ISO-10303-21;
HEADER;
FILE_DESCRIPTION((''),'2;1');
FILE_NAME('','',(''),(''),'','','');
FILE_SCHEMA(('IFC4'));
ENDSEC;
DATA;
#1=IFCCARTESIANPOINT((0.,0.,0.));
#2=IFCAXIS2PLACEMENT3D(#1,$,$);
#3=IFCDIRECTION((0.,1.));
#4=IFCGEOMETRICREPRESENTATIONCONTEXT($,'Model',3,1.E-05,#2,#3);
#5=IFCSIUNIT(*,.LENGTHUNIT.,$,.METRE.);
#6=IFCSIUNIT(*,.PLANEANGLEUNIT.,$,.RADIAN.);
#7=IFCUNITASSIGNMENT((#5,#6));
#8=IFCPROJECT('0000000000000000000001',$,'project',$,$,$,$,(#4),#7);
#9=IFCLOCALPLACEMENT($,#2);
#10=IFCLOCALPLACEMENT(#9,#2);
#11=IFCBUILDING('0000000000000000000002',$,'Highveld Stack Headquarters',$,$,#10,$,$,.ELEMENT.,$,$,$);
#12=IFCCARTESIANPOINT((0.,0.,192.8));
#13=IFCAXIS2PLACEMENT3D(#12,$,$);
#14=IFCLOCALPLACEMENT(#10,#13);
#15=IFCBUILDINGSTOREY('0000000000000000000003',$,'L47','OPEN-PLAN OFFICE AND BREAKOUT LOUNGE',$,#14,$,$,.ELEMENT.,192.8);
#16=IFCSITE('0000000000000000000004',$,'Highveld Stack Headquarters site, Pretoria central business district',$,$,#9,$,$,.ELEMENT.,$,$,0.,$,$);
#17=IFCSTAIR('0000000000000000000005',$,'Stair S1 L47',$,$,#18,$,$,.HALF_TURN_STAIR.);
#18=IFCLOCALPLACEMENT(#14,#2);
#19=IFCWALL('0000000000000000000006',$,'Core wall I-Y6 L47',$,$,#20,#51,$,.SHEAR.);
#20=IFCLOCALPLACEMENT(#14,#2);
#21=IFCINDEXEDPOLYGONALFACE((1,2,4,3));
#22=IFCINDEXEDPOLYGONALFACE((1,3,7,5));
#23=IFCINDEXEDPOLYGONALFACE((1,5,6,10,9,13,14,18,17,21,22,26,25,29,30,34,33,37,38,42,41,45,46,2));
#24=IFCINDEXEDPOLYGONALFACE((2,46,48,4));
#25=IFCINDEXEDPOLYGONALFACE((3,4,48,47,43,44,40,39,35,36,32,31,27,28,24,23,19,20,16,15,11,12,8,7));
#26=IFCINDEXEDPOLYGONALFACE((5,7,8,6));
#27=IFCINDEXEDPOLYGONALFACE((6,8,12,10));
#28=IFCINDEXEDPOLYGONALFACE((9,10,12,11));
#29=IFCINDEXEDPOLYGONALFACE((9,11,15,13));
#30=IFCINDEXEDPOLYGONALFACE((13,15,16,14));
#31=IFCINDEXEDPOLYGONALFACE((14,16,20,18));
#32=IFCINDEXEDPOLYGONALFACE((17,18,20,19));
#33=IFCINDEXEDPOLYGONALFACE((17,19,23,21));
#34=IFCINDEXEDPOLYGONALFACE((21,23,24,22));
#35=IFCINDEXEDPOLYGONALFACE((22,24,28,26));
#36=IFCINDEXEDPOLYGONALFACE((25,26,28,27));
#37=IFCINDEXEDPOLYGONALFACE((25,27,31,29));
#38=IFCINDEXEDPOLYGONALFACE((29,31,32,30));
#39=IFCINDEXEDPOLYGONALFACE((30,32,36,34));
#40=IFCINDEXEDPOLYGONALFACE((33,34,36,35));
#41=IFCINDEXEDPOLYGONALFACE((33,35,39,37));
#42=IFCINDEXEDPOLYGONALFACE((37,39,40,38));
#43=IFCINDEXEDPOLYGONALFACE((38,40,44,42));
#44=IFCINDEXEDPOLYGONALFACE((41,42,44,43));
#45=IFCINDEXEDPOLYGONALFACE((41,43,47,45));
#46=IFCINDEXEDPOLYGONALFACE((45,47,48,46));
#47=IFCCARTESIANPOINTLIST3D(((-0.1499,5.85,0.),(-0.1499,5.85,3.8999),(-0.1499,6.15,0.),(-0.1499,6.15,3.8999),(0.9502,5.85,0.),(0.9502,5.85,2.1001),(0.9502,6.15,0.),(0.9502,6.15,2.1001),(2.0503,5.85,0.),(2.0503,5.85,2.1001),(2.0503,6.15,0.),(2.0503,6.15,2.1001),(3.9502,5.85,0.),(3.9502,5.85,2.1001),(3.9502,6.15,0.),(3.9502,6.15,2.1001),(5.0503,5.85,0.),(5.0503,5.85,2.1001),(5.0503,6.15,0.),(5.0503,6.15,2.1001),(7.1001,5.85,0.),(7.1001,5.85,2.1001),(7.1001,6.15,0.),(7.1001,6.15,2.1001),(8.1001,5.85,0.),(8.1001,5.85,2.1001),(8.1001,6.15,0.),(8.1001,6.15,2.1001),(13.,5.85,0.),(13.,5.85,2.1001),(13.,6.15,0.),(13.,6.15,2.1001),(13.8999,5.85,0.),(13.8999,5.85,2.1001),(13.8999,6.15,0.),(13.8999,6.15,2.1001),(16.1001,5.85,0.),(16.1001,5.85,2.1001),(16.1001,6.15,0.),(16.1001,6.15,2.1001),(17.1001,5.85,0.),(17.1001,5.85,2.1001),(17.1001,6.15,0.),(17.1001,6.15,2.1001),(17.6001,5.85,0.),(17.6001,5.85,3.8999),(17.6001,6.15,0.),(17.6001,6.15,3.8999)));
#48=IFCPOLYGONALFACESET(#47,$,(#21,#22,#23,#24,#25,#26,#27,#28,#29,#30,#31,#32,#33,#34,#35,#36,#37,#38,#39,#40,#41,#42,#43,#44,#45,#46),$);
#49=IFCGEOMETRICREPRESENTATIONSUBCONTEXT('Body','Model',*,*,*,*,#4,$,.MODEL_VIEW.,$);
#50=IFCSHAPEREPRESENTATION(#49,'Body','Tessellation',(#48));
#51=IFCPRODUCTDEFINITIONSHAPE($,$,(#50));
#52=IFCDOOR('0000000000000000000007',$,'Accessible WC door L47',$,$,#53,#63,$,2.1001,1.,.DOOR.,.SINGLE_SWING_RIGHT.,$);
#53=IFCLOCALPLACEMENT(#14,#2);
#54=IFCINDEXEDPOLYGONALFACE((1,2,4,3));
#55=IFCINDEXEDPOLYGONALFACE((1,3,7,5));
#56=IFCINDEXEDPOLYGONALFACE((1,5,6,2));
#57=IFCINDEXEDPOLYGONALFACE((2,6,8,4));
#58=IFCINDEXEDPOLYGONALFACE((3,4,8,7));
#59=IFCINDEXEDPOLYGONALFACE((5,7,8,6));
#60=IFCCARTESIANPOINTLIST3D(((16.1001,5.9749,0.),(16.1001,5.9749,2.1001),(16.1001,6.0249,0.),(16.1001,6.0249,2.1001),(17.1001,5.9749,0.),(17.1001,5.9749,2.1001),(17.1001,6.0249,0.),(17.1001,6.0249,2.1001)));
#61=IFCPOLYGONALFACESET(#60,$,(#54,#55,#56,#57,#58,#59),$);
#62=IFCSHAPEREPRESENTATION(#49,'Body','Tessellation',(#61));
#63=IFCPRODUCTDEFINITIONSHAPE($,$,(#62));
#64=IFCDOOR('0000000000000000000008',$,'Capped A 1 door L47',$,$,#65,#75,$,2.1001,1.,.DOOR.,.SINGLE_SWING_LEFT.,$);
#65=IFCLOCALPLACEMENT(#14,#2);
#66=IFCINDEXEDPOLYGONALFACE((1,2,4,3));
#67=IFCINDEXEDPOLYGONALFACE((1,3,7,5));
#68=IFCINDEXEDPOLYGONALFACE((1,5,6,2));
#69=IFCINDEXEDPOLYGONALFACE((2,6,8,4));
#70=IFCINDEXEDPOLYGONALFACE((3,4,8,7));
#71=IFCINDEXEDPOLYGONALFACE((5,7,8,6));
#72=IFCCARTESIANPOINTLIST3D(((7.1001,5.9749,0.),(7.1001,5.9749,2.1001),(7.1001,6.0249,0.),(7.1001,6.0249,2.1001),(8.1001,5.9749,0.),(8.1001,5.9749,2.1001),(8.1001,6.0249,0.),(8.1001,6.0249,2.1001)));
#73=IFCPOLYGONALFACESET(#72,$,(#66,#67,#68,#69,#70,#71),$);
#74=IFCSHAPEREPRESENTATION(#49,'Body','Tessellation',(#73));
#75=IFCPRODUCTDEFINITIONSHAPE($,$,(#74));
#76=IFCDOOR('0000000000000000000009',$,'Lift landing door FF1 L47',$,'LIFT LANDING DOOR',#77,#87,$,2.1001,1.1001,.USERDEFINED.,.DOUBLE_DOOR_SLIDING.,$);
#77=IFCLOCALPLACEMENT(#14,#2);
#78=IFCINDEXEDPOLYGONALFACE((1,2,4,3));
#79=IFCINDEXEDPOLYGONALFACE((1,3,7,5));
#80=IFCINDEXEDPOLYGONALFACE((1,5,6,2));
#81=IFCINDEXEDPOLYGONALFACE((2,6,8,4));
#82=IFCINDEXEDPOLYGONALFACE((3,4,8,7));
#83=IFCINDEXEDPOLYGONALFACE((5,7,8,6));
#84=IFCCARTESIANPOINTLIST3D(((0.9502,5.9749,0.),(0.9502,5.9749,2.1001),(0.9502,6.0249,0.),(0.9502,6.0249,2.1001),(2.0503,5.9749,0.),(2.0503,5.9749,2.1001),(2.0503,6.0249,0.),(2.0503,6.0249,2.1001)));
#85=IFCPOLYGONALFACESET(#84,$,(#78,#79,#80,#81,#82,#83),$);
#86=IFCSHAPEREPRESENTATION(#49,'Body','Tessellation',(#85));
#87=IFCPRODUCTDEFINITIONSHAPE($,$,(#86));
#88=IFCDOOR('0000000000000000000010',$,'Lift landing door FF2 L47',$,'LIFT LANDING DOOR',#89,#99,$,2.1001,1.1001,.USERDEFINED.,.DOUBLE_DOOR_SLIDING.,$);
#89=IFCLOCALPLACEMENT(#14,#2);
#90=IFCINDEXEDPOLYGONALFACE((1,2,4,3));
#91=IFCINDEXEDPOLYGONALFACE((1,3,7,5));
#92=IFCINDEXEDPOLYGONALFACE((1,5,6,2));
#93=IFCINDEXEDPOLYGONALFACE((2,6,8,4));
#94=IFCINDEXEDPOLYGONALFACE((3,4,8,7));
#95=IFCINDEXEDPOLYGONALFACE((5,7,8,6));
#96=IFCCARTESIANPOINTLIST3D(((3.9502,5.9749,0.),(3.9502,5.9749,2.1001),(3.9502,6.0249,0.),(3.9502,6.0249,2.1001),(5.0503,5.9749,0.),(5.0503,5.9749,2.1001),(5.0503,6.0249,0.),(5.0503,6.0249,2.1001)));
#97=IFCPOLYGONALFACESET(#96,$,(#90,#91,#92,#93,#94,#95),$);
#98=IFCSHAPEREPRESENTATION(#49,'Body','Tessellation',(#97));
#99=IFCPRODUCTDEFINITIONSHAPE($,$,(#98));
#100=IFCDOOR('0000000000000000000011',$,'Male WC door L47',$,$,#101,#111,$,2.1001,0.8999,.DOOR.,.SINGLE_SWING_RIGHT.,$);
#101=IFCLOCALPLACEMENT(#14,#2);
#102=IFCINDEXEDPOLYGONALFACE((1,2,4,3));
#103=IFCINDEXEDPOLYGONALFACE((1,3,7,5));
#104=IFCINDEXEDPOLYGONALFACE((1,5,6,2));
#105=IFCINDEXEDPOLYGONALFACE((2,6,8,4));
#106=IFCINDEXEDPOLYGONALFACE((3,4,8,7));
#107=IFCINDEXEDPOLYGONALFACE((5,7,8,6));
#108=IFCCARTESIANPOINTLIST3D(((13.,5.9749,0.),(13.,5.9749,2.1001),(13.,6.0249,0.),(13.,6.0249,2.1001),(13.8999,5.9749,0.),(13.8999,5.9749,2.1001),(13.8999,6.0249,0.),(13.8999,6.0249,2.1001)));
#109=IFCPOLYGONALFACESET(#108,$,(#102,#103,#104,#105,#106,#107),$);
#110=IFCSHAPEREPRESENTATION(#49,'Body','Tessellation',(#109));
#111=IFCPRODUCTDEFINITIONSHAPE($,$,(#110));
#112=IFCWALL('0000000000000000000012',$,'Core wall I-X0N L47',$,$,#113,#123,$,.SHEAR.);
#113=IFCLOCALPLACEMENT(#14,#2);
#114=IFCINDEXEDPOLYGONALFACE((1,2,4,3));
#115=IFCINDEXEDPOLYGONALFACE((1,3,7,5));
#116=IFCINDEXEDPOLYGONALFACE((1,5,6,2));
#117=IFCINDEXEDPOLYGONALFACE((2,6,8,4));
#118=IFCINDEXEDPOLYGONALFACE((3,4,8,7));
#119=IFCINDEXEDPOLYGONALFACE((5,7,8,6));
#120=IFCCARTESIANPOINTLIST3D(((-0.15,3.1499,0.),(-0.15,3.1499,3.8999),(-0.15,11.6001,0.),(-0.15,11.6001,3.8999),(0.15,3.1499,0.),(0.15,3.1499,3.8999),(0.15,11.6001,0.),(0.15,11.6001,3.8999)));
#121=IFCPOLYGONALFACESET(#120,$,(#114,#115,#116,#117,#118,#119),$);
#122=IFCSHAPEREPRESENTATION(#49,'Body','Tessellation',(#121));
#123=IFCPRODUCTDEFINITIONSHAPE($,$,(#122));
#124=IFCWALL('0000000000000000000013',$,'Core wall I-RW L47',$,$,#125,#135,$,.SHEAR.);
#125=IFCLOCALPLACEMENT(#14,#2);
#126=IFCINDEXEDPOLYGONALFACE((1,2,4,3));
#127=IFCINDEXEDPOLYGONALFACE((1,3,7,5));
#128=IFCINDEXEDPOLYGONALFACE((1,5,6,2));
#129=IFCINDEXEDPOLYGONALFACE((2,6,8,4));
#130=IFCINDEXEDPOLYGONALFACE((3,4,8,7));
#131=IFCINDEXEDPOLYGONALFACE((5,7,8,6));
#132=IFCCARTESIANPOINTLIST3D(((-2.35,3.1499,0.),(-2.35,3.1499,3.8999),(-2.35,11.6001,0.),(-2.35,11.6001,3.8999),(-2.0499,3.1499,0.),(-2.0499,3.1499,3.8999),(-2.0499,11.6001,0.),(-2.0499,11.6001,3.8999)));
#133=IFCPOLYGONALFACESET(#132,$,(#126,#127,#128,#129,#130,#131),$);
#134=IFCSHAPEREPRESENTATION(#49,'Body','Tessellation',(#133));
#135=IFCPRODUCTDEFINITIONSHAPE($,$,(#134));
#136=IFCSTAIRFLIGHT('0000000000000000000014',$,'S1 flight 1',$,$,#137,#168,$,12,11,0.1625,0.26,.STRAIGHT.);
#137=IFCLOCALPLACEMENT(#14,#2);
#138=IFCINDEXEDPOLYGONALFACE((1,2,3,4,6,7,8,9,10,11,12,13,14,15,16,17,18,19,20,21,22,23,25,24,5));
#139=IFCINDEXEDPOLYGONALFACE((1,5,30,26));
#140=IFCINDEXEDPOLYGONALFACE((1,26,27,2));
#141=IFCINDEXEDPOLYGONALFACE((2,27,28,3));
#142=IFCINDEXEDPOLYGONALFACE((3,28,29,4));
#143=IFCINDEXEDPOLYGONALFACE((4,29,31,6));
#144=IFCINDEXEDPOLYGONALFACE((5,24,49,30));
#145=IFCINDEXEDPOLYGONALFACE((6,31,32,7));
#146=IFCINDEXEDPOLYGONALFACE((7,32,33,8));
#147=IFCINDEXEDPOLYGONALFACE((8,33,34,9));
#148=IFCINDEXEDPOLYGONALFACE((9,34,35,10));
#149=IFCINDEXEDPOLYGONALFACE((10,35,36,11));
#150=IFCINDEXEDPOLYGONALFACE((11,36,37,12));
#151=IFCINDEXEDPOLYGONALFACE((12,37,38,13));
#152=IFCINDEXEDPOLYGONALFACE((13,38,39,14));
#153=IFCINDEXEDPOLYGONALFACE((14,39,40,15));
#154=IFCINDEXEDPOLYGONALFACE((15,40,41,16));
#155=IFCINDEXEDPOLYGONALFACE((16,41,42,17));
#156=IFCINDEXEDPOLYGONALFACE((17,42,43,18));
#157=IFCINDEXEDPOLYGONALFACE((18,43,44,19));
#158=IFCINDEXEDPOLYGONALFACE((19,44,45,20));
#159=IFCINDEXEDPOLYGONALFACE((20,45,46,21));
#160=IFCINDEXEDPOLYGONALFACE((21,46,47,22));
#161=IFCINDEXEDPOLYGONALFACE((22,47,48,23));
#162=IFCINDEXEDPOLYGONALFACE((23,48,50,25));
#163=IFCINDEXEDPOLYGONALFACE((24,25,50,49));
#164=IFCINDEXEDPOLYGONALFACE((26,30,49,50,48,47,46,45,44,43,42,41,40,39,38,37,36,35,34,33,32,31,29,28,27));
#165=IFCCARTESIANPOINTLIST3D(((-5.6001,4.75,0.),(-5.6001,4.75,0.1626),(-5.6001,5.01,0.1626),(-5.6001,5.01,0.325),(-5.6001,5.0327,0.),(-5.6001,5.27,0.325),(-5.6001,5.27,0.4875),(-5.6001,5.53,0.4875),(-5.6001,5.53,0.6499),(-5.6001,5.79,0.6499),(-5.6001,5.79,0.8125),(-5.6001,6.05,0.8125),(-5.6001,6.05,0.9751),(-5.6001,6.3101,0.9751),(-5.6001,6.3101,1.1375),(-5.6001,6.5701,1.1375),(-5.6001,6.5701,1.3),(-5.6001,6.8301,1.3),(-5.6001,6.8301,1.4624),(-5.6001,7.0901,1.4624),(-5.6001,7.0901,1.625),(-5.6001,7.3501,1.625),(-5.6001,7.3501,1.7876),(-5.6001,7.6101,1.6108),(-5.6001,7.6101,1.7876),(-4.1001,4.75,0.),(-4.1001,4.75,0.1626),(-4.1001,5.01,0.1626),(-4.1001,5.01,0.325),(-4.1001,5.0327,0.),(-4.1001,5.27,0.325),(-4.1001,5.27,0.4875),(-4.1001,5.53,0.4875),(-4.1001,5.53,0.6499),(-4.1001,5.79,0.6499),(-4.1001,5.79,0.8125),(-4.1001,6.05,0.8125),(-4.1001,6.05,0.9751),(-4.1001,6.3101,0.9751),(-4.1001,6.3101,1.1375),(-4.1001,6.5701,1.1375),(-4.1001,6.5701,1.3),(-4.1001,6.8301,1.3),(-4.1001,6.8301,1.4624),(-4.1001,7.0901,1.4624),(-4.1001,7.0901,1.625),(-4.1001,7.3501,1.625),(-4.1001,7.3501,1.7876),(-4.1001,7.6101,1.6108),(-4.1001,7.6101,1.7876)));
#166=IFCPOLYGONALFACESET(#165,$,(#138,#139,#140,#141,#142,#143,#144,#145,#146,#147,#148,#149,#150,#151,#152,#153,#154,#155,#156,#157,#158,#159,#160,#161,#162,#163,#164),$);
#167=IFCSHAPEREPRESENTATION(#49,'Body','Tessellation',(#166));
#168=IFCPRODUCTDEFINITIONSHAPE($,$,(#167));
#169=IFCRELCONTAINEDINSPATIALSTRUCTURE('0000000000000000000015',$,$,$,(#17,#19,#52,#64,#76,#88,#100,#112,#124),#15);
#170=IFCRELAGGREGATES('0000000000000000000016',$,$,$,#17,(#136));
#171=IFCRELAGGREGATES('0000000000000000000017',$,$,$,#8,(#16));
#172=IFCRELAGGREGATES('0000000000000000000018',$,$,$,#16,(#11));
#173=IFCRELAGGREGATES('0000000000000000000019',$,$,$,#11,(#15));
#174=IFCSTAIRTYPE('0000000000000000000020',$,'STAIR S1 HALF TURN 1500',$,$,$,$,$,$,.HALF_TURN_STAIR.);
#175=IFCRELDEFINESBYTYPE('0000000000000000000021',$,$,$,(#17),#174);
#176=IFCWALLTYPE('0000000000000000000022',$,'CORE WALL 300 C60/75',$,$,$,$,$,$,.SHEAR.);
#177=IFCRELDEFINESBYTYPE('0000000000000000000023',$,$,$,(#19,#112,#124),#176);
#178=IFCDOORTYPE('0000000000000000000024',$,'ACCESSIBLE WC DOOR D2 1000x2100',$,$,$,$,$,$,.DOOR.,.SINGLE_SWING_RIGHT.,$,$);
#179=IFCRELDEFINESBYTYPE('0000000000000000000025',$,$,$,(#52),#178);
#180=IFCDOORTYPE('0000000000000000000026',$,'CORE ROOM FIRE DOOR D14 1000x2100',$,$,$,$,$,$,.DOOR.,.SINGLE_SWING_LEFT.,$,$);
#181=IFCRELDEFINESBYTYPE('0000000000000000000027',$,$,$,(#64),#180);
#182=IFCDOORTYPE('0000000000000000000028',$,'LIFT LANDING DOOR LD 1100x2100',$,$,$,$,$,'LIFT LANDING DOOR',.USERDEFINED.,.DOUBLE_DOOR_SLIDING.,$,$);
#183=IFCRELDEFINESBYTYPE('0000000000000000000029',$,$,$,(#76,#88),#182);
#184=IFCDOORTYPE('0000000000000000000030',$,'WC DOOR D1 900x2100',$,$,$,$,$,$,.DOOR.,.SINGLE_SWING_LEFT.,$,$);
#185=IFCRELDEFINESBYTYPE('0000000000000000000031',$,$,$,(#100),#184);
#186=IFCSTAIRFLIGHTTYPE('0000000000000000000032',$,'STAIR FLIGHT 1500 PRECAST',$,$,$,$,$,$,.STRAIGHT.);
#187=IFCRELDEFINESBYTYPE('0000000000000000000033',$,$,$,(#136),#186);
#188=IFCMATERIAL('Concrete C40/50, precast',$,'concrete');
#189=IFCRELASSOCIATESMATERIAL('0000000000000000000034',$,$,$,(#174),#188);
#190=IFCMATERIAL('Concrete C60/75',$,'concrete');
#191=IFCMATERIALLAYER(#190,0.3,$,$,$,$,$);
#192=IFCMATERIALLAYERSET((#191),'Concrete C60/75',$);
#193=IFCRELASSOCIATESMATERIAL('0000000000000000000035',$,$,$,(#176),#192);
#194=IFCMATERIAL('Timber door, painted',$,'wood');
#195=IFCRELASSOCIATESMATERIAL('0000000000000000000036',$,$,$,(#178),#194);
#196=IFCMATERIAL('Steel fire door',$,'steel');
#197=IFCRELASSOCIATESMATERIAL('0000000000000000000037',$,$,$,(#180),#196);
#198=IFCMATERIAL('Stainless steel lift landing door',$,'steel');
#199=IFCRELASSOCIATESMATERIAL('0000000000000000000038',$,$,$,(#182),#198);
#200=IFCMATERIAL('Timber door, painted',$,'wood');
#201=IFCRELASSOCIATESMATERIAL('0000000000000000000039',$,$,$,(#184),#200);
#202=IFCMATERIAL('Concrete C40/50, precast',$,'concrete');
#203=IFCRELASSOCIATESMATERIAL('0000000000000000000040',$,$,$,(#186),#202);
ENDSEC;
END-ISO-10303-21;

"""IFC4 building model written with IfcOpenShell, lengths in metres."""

from ifc_helpers import new_model, si_unit, direction, frame, frame_2d, origin, place, context, subcontext, project, spatial, polyline, rectangle, outline, extrude, material, layer, layer_set, type_object, element, fill, aggregate, save


model = new_model("IFC4")

# Units and contexts
model_context = context("Model", 3, precision=1e-05, world=origin(), true_north=direction((0.0, 1.0)))
body_context = subcontext(model_context, "Body", "Model", "MODEL_VIEW")
ifc_project = project(units=[si_unit("LENGTHUNIT", "METRE"), si_unit("PLANEANGLEUNIT", "RADIAN")], contexts=[model_context])

# Site, building, storey
site_placement = place(None, origin())
site = spatial("IfcSite", under=ifc_project, at=site_placement, Name="Highveld Stack Headquarters site, Pretoria central business district", CompositionType="ELEMENT", RefElevation=0.0)
building_placement = place(site_placement, origin())
building = spatial("IfcBuilding", under=site, at=building_placement, Name="Highveld Stack Headquarters", CompositionType="ELEMENT")
storey_placement = place(building_placement, frame((0.0, 0.0, 192.8)))
storey = spatial("IfcBuildingStorey", under=building, at=storey_placement, Name="L47", Description="OPEN-PLAN OFFICE AND BREAKOUT LOUNGE", CompositionType="ELEMENT", Elevation=192.8)

# Stair
ifc_material_1 = material(Name="Concrete C40/50, precast", Category="concrete")
stair_type = type_object("IfcStairType", Name="STAIR S1 HALF TURN 1500", PredefinedType="HALF_TURN_STAIR", material=ifc_material_1)
stair_placement = place(storey_placement, origin())
stair = element("IfcStair", 1, at=stair_placement, inside=storey, type_object=stair_type, Name="Stair S1 L47", PredefinedType="HALF_TURN_STAIR")

# Wall, openings, doors
ifc_material_2 = material(Name="Concrete C60/75", Category="concrete")
ifc_layer_1 = layer(ifc_material_2, 0.3)
ifc_layer_set_1 = layer_set([ifc_layer_1], Name="Concrete C60/75")
wall_type = type_object("IfcWallType", Name="CORE WALL 300 C60/75", PredefinedType="SHEAR", material=ifc_layer_set_1)
wall_placement = place(storey_placement, frame((-0.1499, 6.0, 0.0), z_axis=(0.0, 0.0, 1.0), x_axis=(1.0, 0.0, 0.0)))
wall = element("IfcWall", 2, at=wall_placement, inside=storey, type_object=wall_type, Name="Core wall I-Y6 L47", PredefinedType="SHEAR", context=body_context, shape_type="SweptSolid", body=[
    extrude(rectangle(XDim=17.75, YDim=0.3, at=frame_2d((8.875, 0.0))), origin(), (0.0, 0.0, 1.0), 3.8999),
])
opening_1_placement = place(wall_placement, frame((13.1499, 0.0, 0.0)))
opening_1 = element("IfcOpeningElement", 3, at=opening_1_placement, cuts=wall, PredefinedType="OPENING", context=body_context, shape_type="SweptSolid", body=[
    extrude(rectangle(XDim=0.8999, YDim=2.1001, at=frame_2d((0.45, 1.05))), frame((0.0, 0.1599, 0.0), z_axis=(0.0, -1.0, 0.0), x_axis=(1.0, 0.0, 0.0)), (0.0, 0.0, 1.0), 0.3201),
])
opening_2_placement = place(wall_placement, frame((16.25, 0.0, 0.0)))
opening_2 = element("IfcOpeningElement", 4, at=opening_2_placement, cuts=wall, PredefinedType="OPENING", context=body_context, shape_type="SweptSolid", body=[
    extrude(rectangle(XDim=1.0, YDim=2.1001, at=frame_2d((0.5, 1.05))), frame((0.0, 0.1599, 0.0), z_axis=(0.0, -1.0, 0.0), x_axis=(1.0, 0.0, 0.0)), (0.0, 0.0, 1.0), 0.3201),
])
opening_3_placement = place(wall_placement, frame((7.25, 0.0, 0.0)))
opening_3 = element("IfcOpeningElement", 5, at=opening_3_placement, cuts=wall, PredefinedType="OPENING", context=body_context, shape_type="SweptSolid", body=[
    extrude(rectangle(XDim=1.0, YDim=2.1001, at=frame_2d((0.5, 1.05))), frame((0.0, 0.1599, 0.0), z_axis=(0.0, -1.0, 0.0), x_axis=(1.0, 0.0, 0.0)), (0.0, 0.0, 1.0), 0.3201),
])
opening_4_placement = place(wall_placement, frame((1.1001, 0.0, 0.0)))
opening_4 = element("IfcOpeningElement", 6, at=opening_4_placement, cuts=wall, PredefinedType="OPENING", context=body_context, shape_type="SweptSolid", body=[
    extrude(rectangle(XDim=1.1001, YDim=2.1001, at=frame_2d((0.55, 1.05))), frame((0.0, 0.1599, 0.0), z_axis=(0.0, -1.0, 0.0), x_axis=(1.0, 0.0, 0.0)), (0.0, 0.0, 1.0), 0.3201),
])
opening_5_placement = place(wall_placement, frame((4.1001, 0.0, 0.0)))
opening_5 = element("IfcOpeningElement", 7, at=opening_5_placement, cuts=wall, PredefinedType="OPENING", context=body_context, shape_type="SweptSolid", body=[
    extrude(rectangle(XDim=1.1001, YDim=2.1001, at=frame_2d((0.55, 1.05))), frame((0.0, 0.1599, 0.0), z_axis=(0.0, -1.0, 0.0), x_axis=(1.0, 0.0, 0.0)), (0.0, 0.0, 1.0), 0.3201),
])
ifc_material_3 = material(Name="Timber door, painted", Category="wood")
door_type_1 = type_object("IfcDoorType", Name="ACCESSIBLE WC DOOR D2 1000x2100", OperationType="SINGLE_SWING_RIGHT", PredefinedType="DOOR", material=ifc_material_3)
door_1_placement = place(opening_2_placement, origin())
door_1 = element("IfcDoor", 8, at=door_1_placement, inside=storey, type_object=door_type_1, Name="Accessible WC door L47", OperationType="SINGLE_SWING_RIGHT", OverallHeight=2.1001, OverallWidth=1.0, PredefinedType="DOOR", context=body_context, shape_type="SweptSolid", body=[
    extrude(rectangle(XDim=1.0, YDim=2.1001, at=frame_2d((0.5, 1.05))), frame((0.0, 0.0249, 0.0), z_axis=(0.0, -1.0, 0.0), x_axis=(1.0, 0.0, 0.0)), (0.0, 0.0, 1.0), 0.05),
])
fill(opening_2, door_1)
ifc_material_4 = material(Name="Steel fire door", Category="steel")
door_type_2 = type_object("IfcDoorType", Name="CORE ROOM FIRE DOOR D14 1000x2100", OperationType="SINGLE_SWING_LEFT", PredefinedType="DOOR", material=ifc_material_4)
door_2_placement = place(opening_3_placement, origin())
door_2 = element("IfcDoor", 9, at=door_2_placement, inside=storey, type_object=door_type_2, Name="Capped A 1 door L47", OperationType="SINGLE_SWING_LEFT", OverallHeight=2.1001, OverallWidth=1.0, PredefinedType="DOOR", context=body_context, shape_type="SweptSolid", body=[
    extrude(rectangle(XDim=1.0, YDim=2.1001, at=frame_2d((0.5, 1.05))), frame((0.0, 0.0249, 0.0), z_axis=(0.0, -1.0, 0.0), x_axis=(1.0, 0.0, 0.0)), (0.0, 0.0, 1.0), 0.05),
])
fill(opening_3, door_2)
ifc_material_5 = material(Name="Stainless steel lift landing door", Category="steel")
door_type_3 = type_object("IfcDoorType", Name="LIFT LANDING DOOR LD 1100x2100", ElementType="LIFT LANDING DOOR", OperationType="DOUBLE_DOOR_SLIDING", PredefinedType="USERDEFINED", material=ifc_material_5)
door_3_placement = place(opening_4_placement, origin())
door_3 = element("IfcDoor", 10, at=door_3_placement, inside=storey, type_object=door_type_3, Name="Lift landing door FF1 L47", ObjectType="LIFT LANDING DOOR", OperationType="DOUBLE_DOOR_SLIDING", OverallHeight=2.1001, OverallWidth=1.1001, PredefinedType="USERDEFINED", context=body_context, shape_type="SweptSolid", body=[
    extrude(rectangle(XDim=1.1001, YDim=2.1001, at=frame_2d((0.55, 1.05))), frame((0.0, 0.0249, 0.0), z_axis=(0.0, -1.0, 0.0), x_axis=(1.0, 0.0, 0.0)), (0.0, 0.0, 1.0), 0.05),
])
fill(opening_4, door_3)
door_4_placement = place(opening_5_placement, origin())
door_4 = element("IfcDoor", 11, at=door_4_placement, inside=storey, type_object=door_type_3, Name="Lift landing door FF2 L47", ObjectType="LIFT LANDING DOOR", OperationType="DOUBLE_DOOR_SLIDING", OverallHeight=2.1001, OverallWidth=1.1001, PredefinedType="USERDEFINED", context=body_context, shape_type="SweptSolid", body=[
    extrude(rectangle(XDim=1.1001, YDim=2.1001, at=frame_2d((0.55, 1.05))), frame((0.0, 0.0249, 0.0), z_axis=(0.0, -1.0, 0.0), x_axis=(1.0, 0.0, 0.0)), (0.0, 0.0, 1.0), 0.05),
])
fill(opening_5, door_4)
ifc_material_6 = material(Name="Timber door, painted", Category="wood")
door_type_4 = type_object("IfcDoorType", Name="WC DOOR D1 900x2100", OperationType="SINGLE_SWING_LEFT", PredefinedType="DOOR", material=ifc_material_6)
door_5_placement = place(opening_1_placement, origin())
door_5 = element("IfcDoor", 12, at=door_5_placement, inside=storey, type_object=door_type_4, Name="Male WC door L47", OperationType="SINGLE_SWING_RIGHT", OverallHeight=2.1001, OverallWidth=0.8999, PredefinedType="DOOR", context=body_context, shape_type="SweptSolid", body=[
    extrude(rectangle(XDim=0.8999, YDim=2.1001, at=frame_2d((0.45, 1.05))), frame((0.0, 0.0249, 0.0), z_axis=(0.0, -1.0, 0.0), x_axis=(1.0, 0.0, 0.0)), (0.0, 0.0, 1.0), 0.05),
])
fill(opening_1, door_5)

# Walls
for number, where, z_axis, x_axis, name in (
    (13, (0.0, 3.1499, 0.0), (0.0, 0.0, 1.0), (0.0, 1.0, 0.0), "Core wall I-X0N L47"),
    (14, (-2.2, 3.1499, 0.0), (0.0, 0.0, 1.0), (0.0, 1.0, 0.0), "Core wall I-RW L47"),
):
    element("IfcWall", number, at=place(storey_placement, frame(where, z_axis=z_axis, x_axis=x_axis)), inside=storey, type_object=wall_type, Name=name, PredefinedType="SHEAR", context=body_context, shape_type="SweptSolid", body=[
        extrude(rectangle(XDim=8.4502, YDim=0.3, at=frame_2d((4.2251, 0.0))), origin(), (0.0, 0.0, 1.0), 3.8999),
    ])

# Stair flight
ifc_material_7 = material(Name="Concrete C40/50, precast", Category="concrete")
stair_flight_type = type_object("IfcStairFlightType", Name="STAIR FLIGHT 1500 PRECAST", PredefinedType="STRAIGHT", material=ifc_material_7)
stair_flight_1_placement = place(storey_placement, frame((-4.8501, 4.75, 0.0), z_axis=(0.0, 0.0, 1.0), x_axis=(0.0, 1.0, 0.0)))
stair_flight_1 = element("IfcStairFlight", 15, at=stair_flight_1_placement, type_object=stair_flight_type, Name="S1 flight 1", NumberOfRisers=12, NumberOfTreads=11, PredefinedType="STRAIGHT", RiserHeight=0.1625, TreadLength=0.26, context=body_context, shape_type="SweptSolid", body=[
    extrude(outline(polyline([(0.0, 0.0), (0.0, 0.1626), (0.26, 0.1626), (0.26, 0.325), (0.52, 0.325), (0.52, 0.4875), (0.78, 0.4875), (0.78, 0.6499), (1.04, 0.6499), (1.04, 0.8125), (1.3, 0.8125), (1.3, 0.9751), (1.5601, 0.9751), (1.5601, 1.1375), (1.8201, 1.1375), (1.8201, 1.3), (2.0801, 1.3), (2.0801, 1.4624), (2.3401, 1.4624), (2.3401, 1.625), (2.6001, 1.625), (2.6001, 1.7876), (2.8601, 1.7876), (2.8601, 1.95), (2.8601, 1.6108), (0.2827, 0.0), (0.0, 0.0)])), frame((0.0, 0.75, 0.0), z_axis=(0.0, -1.0, 0.0), x_axis=(1.0, 0.0, 0.0)), (0.0, 0.0, 1.0), 1.5),
])
aggregate(stair, [stair_flight_1])

save(model, "model.ifc")
